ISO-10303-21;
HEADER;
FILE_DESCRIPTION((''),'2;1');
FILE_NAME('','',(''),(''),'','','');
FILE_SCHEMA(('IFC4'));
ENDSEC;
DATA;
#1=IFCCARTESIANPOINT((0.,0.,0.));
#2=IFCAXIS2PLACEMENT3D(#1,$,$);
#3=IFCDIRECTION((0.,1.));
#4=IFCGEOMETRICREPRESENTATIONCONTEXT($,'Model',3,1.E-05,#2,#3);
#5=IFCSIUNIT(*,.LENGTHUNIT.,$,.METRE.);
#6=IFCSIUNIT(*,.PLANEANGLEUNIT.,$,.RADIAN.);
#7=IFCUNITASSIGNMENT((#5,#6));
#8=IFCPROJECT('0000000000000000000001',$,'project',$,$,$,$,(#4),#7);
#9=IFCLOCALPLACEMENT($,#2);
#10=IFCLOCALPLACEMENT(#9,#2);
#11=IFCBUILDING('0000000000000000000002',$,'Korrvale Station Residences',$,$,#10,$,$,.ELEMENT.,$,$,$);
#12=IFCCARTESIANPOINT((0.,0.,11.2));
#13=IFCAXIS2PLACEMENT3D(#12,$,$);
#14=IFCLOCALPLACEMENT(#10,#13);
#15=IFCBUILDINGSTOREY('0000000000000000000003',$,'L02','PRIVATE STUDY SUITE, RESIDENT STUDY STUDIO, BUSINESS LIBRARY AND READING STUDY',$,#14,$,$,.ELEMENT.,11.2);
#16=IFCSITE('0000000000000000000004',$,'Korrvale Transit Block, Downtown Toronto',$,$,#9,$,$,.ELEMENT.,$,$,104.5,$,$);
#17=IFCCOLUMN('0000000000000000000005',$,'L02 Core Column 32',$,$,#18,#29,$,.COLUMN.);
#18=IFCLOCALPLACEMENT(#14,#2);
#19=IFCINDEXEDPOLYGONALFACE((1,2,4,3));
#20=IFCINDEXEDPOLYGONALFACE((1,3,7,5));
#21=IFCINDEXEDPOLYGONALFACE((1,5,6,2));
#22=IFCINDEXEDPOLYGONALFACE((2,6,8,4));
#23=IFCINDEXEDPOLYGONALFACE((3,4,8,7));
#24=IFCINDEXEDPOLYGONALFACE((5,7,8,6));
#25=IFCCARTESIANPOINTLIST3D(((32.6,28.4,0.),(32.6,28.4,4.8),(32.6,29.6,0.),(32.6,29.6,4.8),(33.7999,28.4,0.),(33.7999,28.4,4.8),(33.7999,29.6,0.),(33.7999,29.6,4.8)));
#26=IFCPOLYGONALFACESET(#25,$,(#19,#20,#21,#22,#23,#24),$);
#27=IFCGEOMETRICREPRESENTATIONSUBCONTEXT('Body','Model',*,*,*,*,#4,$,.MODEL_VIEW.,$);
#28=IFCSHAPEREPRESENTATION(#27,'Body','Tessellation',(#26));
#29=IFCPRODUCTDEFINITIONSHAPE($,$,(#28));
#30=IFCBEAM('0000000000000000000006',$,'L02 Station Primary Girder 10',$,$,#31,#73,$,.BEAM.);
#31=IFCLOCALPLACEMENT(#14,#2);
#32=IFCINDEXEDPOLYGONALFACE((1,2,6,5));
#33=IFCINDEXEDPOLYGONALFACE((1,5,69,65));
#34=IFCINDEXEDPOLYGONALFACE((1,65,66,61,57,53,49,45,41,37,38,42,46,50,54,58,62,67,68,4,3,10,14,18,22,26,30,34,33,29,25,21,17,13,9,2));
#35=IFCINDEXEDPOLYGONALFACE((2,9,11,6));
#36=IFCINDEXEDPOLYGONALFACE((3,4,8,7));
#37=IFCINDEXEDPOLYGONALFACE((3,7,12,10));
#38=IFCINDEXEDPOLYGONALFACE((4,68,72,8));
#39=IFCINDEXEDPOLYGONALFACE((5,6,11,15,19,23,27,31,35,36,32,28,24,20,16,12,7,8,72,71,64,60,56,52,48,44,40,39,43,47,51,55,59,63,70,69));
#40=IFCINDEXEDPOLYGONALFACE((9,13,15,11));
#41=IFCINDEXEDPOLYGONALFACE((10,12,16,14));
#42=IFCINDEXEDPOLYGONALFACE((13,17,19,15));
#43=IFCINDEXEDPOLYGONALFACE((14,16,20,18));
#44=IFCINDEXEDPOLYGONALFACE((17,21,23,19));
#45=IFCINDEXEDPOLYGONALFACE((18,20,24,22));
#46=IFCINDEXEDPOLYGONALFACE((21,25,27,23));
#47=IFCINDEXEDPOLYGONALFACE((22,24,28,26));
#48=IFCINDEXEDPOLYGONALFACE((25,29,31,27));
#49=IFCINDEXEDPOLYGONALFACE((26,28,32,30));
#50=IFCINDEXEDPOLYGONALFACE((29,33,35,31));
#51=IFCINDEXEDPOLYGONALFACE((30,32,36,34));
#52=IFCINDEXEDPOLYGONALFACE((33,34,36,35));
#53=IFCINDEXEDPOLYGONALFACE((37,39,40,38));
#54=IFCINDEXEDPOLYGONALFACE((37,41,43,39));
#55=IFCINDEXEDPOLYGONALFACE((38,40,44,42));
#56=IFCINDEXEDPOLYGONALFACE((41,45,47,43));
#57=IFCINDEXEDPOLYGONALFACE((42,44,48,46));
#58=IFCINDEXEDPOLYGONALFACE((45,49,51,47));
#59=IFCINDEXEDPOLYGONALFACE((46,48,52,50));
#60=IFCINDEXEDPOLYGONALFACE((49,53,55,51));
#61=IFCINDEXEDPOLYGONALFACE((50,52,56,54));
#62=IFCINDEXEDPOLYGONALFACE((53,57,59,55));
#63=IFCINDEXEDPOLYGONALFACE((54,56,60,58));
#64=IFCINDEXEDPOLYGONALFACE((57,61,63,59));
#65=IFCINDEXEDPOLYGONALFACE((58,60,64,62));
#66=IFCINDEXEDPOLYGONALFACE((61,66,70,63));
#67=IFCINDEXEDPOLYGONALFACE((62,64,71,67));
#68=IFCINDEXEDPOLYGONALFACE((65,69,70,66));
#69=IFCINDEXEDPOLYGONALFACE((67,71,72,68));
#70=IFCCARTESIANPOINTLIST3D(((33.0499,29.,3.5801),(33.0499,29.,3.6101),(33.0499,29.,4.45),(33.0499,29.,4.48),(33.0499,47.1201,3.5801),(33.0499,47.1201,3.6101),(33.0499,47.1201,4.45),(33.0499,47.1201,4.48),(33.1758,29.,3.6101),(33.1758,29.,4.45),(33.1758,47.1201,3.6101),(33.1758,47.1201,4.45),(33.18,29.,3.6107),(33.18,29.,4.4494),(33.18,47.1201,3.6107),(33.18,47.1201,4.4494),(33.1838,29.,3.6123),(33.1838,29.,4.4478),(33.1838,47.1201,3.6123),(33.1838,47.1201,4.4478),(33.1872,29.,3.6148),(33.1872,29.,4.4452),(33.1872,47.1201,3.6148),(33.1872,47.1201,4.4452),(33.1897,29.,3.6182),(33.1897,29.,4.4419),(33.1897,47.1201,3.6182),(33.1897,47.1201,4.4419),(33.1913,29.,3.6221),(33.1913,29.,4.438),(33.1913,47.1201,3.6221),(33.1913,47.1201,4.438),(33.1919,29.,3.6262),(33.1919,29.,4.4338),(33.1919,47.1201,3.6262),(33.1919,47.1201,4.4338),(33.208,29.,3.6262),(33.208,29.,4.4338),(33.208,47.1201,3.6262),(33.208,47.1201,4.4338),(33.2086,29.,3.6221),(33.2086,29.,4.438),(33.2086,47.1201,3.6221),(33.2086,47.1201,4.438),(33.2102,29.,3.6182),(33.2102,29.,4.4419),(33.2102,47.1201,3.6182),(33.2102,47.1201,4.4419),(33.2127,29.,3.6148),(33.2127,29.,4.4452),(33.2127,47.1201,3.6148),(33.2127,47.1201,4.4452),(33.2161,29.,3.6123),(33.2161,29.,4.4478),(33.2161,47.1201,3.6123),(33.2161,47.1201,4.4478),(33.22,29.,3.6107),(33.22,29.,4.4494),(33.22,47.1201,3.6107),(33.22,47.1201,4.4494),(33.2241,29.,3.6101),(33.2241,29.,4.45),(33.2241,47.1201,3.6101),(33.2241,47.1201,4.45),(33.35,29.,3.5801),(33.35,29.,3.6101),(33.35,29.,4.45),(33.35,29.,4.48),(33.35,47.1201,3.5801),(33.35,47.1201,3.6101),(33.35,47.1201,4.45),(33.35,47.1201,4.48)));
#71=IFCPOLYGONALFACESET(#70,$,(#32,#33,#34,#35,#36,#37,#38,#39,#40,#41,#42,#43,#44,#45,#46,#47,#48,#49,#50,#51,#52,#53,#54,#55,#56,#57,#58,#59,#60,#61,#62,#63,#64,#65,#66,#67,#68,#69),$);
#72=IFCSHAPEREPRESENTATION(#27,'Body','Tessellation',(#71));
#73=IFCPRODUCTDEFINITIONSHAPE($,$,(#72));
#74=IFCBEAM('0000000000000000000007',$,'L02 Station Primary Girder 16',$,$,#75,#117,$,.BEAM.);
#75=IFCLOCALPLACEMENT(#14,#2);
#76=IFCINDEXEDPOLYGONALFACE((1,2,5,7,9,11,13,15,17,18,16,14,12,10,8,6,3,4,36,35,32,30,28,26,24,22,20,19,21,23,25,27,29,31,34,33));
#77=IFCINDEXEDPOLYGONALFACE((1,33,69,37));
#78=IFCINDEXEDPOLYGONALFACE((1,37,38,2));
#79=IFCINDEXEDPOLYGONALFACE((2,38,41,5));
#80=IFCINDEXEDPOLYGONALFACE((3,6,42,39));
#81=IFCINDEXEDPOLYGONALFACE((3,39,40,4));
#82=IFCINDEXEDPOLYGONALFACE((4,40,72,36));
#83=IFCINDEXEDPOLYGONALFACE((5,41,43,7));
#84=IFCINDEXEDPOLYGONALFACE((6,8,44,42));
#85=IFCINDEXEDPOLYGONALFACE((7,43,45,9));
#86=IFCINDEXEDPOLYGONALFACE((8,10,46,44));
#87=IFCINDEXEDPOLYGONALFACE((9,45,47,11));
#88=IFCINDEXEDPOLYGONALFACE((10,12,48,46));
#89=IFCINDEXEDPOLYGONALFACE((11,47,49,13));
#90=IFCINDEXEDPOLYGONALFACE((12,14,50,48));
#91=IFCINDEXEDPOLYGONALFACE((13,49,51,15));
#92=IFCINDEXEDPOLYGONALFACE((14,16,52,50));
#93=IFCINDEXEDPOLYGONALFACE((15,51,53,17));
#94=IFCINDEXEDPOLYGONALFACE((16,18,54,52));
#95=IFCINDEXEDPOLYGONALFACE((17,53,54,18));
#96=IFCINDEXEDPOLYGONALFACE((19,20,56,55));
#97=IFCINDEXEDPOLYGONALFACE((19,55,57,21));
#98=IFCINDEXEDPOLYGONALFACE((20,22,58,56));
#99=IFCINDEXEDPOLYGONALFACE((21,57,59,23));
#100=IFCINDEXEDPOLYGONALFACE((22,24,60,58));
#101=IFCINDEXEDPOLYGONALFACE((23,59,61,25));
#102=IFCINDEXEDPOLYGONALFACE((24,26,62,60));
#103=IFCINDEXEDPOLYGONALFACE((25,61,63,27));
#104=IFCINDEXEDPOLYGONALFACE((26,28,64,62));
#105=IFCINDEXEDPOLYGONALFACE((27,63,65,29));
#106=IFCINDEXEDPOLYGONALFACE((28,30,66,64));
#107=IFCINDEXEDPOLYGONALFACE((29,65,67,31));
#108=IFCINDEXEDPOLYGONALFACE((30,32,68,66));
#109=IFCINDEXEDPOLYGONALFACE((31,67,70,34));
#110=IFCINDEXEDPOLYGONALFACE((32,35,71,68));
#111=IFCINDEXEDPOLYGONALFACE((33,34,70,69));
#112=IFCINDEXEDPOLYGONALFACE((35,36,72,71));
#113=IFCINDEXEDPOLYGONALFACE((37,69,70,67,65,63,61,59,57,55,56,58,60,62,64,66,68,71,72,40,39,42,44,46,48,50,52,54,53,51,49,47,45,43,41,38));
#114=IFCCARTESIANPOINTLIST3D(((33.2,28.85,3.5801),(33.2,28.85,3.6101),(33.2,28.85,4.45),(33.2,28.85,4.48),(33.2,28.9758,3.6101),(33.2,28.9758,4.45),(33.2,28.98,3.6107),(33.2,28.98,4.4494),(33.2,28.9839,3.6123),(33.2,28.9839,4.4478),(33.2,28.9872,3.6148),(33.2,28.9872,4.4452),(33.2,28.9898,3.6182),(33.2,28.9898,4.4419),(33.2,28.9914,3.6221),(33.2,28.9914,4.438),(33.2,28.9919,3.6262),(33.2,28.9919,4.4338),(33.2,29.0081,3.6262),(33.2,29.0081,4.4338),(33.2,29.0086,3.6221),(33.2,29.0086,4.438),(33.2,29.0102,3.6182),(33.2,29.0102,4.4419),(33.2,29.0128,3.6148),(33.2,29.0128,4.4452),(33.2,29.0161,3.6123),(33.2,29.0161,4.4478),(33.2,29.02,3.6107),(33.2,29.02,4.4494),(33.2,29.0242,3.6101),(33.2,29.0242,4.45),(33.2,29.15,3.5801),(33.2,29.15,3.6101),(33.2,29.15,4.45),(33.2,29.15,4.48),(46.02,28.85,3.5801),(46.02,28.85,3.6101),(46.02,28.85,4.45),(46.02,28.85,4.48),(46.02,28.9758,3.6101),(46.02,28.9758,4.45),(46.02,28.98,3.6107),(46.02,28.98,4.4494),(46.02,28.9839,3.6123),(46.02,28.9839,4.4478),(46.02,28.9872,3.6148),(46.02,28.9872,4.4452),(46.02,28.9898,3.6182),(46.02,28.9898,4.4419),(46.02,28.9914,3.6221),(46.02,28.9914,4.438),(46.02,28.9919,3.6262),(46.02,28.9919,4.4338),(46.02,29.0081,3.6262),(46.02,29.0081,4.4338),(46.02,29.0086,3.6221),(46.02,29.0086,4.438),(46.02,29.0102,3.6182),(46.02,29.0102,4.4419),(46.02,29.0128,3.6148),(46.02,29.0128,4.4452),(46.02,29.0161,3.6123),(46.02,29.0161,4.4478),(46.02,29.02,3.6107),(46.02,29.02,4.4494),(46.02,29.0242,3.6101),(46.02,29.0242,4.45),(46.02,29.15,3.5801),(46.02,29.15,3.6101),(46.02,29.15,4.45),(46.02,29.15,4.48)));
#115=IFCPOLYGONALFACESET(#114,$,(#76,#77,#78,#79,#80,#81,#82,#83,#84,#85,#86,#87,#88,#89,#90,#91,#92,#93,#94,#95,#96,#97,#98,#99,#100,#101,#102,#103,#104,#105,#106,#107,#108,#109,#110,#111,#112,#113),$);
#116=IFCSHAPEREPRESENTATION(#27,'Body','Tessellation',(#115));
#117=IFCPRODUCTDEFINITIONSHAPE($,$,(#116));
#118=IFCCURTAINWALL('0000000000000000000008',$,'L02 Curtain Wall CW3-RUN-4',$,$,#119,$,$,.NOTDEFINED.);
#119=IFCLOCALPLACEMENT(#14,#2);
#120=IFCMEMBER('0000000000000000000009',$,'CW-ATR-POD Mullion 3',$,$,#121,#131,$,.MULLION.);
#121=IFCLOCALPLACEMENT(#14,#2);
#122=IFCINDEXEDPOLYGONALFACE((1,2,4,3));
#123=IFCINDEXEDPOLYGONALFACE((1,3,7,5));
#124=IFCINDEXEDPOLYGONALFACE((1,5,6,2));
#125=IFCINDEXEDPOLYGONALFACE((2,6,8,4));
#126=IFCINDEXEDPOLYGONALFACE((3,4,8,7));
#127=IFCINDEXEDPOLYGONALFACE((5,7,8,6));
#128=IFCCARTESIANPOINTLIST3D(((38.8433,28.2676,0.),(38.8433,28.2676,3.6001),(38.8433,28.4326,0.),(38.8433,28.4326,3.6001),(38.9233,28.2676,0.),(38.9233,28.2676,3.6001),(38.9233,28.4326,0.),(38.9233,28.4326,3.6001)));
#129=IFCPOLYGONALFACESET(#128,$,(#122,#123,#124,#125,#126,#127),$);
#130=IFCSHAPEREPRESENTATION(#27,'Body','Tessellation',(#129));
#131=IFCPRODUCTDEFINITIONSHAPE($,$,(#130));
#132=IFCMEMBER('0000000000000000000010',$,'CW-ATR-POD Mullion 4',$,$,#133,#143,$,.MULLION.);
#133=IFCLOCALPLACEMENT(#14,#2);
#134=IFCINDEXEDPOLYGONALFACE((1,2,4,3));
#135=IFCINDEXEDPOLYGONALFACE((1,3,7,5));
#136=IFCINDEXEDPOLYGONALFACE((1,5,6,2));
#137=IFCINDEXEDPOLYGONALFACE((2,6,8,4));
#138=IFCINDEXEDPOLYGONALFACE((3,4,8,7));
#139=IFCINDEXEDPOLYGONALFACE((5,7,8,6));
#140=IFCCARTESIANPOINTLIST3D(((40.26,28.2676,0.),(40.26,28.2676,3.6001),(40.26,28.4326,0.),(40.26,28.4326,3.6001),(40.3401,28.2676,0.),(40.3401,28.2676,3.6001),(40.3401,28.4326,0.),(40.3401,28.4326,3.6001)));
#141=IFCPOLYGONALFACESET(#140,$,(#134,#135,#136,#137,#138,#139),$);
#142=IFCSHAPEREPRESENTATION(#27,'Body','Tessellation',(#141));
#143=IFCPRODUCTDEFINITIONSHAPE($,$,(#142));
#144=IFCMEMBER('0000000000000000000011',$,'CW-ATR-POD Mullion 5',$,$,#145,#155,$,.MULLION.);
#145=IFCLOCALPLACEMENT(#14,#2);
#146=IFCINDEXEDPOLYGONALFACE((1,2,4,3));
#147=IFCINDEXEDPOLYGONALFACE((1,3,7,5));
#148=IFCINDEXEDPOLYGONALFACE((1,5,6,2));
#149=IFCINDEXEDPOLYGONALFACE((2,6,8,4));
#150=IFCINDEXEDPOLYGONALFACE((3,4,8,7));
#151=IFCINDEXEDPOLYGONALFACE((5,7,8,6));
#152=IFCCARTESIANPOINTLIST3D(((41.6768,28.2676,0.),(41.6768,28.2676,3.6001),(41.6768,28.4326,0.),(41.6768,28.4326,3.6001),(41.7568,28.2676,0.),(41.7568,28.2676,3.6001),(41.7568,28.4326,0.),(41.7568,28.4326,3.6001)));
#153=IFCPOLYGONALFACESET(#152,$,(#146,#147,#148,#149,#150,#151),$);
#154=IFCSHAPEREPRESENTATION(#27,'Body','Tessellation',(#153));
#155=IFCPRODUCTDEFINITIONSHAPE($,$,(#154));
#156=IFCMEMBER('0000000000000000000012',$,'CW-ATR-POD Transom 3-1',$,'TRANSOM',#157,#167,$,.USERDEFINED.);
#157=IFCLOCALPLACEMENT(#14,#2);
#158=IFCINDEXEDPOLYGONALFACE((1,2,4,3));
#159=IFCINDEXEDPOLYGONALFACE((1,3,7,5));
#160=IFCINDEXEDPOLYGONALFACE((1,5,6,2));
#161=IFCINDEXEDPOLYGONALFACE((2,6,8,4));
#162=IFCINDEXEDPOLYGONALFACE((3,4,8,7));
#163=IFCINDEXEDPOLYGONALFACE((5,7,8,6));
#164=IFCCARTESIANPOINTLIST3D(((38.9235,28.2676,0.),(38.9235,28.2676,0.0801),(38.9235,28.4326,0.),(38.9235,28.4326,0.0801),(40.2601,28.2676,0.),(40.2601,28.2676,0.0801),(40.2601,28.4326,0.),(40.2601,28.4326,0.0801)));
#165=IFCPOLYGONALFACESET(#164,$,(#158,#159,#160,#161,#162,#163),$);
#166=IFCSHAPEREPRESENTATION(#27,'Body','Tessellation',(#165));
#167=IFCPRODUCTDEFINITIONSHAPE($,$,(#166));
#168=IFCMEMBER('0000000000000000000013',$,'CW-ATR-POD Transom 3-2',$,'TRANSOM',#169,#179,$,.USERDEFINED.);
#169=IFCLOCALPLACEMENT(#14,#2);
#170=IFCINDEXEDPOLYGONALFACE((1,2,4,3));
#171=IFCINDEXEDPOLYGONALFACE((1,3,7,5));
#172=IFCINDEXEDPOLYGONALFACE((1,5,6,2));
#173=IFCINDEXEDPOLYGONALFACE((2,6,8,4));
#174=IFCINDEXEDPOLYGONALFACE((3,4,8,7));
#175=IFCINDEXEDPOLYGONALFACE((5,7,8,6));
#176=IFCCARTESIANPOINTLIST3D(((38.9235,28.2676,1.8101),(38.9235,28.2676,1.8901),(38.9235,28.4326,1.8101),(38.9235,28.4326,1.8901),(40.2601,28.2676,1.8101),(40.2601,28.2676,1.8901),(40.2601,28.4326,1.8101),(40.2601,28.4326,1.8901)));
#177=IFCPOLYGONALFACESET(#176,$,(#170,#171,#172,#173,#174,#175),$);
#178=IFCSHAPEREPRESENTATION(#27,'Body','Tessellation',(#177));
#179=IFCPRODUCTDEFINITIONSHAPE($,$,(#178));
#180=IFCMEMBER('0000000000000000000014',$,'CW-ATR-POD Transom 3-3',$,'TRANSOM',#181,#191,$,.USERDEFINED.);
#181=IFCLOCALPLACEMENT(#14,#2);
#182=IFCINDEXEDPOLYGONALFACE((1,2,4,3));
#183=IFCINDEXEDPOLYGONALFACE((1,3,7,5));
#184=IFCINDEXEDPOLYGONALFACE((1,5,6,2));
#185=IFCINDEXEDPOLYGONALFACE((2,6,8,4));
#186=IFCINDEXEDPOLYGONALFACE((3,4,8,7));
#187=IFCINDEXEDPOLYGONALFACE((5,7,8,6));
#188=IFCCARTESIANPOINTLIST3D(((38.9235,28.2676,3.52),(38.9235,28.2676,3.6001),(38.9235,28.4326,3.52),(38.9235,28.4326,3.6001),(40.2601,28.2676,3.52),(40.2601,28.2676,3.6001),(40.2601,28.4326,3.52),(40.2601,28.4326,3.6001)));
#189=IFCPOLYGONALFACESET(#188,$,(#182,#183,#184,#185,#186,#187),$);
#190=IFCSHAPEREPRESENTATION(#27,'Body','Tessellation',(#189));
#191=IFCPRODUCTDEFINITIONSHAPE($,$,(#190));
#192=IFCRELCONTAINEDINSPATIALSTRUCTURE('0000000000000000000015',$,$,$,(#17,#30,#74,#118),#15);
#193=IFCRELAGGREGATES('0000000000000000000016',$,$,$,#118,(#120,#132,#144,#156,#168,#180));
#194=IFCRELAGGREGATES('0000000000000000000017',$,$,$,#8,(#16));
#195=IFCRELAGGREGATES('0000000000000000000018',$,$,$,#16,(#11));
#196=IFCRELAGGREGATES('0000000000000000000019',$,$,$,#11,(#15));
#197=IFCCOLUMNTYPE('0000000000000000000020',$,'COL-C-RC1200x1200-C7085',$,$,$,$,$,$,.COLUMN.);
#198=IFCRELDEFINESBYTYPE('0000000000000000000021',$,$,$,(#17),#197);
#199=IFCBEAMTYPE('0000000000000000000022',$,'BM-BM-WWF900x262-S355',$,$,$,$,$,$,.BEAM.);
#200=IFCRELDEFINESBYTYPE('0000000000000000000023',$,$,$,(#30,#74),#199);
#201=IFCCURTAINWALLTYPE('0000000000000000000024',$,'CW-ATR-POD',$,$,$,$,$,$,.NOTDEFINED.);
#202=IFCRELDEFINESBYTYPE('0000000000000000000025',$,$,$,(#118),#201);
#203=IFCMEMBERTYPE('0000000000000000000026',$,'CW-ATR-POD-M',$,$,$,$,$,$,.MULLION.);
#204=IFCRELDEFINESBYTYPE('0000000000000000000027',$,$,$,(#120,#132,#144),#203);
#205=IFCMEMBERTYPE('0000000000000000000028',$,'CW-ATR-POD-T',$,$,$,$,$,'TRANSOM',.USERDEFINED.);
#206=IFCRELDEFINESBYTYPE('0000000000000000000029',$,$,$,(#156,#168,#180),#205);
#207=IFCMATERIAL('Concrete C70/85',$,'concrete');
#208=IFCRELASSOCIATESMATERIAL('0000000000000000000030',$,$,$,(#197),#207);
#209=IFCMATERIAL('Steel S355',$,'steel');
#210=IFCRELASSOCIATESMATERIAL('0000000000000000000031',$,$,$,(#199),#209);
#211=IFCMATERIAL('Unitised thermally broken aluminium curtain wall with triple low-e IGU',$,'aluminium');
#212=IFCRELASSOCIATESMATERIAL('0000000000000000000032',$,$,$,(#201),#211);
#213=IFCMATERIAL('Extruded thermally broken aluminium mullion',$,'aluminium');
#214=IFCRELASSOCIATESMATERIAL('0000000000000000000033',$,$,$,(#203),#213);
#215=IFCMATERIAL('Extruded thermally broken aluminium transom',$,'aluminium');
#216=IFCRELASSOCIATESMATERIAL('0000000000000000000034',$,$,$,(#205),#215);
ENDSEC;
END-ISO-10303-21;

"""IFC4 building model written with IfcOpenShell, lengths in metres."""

from ifc_helpers import new_model, si_unit, direction, frame, origin, origin_2d, place, context, subcontext, project, spatial, rectangle, i_section, extrude, material, material_profile, profile_set, type_object, element, aggregate, save


model = new_model("IFC4")

# Units and contexts
model_context = context("Model", 3, precision=1e-05, world=origin(), true_north=direction((0.0, 1.0)))
body_context = subcontext(model_context, "Body", "Model", "MODEL_VIEW")
ifc_project = project(units=[si_unit("LENGTHUNIT", "METRE"), si_unit("PLANEANGLEUNIT", "RADIAN")], contexts=[model_context])

# Site, building, storey
site_placement = place(None, origin())
site = spatial("IfcSite", under=ifc_project, at=site_placement, Name="Korrvale Transit Block, Downtown Toronto", CompositionType="ELEMENT", RefElevation=104.5)
building_placement = place(site_placement, origin())
building = spatial("IfcBuilding", under=site, at=building_placement, Name="Korrvale Station Residences", CompositionType="ELEMENT")
storey_placement = place(building_placement, frame((0.0, 0.0, 11.2)))
storey = spatial("IfcBuildingStorey", under=building, at=storey_placement, Name="L02", Description="PRIVATE STUDY SUITE, RESIDENT STUDY STUDIO, BUSINESS LIBRARY AND READING STUDY", CompositionType="ELEMENT", Elevation=11.2)

# Column
ifc_material_1 = material(Name="Concrete C70/85", Category="concrete")
ifc_material_profile_1 = material_profile(ifc_material_1, rectangle(XDim=1.2, YDim=1.2, at=origin_2d()), Name="RC1200x1200")
ifc_profile_set_1 = profile_set([ifc_material_profile_1], Name="Concrete C70/85")
column_type = type_object("IfcColumnType", Name="COL-C-RC1200x1200-C7085", PredefinedType="COLUMN", material=ifc_profile_set_1)
column_placement = place(storey_placement, frame((33.2, 29.0, 0.0), z_axis=(0.0, 0.0, 1.0), x_axis=(1.0, 0.0, 0.0)))
element("IfcColumn", 1, at=column_placement, inside=storey, type_object=column_type, Name="L02 Core Column 32", PredefinedType="COLUMN", context=body_context, shape_type="SweptSolid", body=[
    extrude(rectangle(XDim=1.2, YDim=1.2, at=origin_2d()), origin(), (0.0, 0.0, 1.0), 4.8),
])

# Beams
ifc_material_2 = material(Name="Steel S355", Category="steel")
ifc_material_profile_2 = material_profile(ifc_material_2, i_section(OverallWidth=0.3, OverallDepth=0.8999, WebThickness=0.0161, FlangeThickness=0.03, FilletRadius=0.0161, at=origin_2d()), Name="WWF900x262")
ifc_profile_set_2 = profile_set([ifc_material_profile_2], Name="Steel S355")
beam_type = type_object("IfcBeamType", Name="BM-BM-WWF900x262-S355", PredefinedType="BEAM", material=ifc_profile_set_2)
beam_1_placement = place(storey_placement, frame((33.2, 29.0, 4.03), z_axis=(0.0, 1.0, 0.0), x_axis=(-1.0, 0.0, 0.0)))
element("IfcBeam", 2, at=beam_1_placement, inside=storey, type_object=beam_type, Name="L02 Station Primary Girder 10", PredefinedType="BEAM", context=body_context, shape_type="SweptSolid", body=[
    extrude(i_section(OverallWidth=0.3, OverallDepth=0.8999, WebThickness=0.0161, FlangeThickness=0.03, FilletRadius=0.0161, at=origin_2d()), origin(), (0.0, 0.0, 1.0), 18.1201),
])
beam_2_placement = place(storey_placement, frame((33.2, 29.0, 4.03), z_axis=(1.0, 0.0, 0.0), x_axis=(0.0, 1.0, 0.0)))
element("IfcBeam", 3, at=beam_2_placement, inside=storey, type_object=beam_type, Name="L02 Station Primary Girder 16", PredefinedType="BEAM", context=body_context, shape_type="SweptSolid", body=[
    extrude(i_section(OverallWidth=0.3, OverallDepth=0.8999, WebThickness=0.0161, FlangeThickness=0.03, FilletRadius=0.0161, at=origin_2d()), origin(), (0.0, 0.0, 1.0), 12.8201),
])

# Curtain wall, members
ifc_material_3 = material(Name="Unitised thermally broken aluminium curtain wall with triple low-e IGU", Category="aluminium")
curtain_wall_type_1 = type_object("IfcCurtainWallType", Name="CW-ATR-POD", PredefinedType="NOTDEFINED", material=ifc_material_3)
curtain_wall_1_placement = place(storey_placement, origin())
curtain_wall_1 = element("IfcCurtainWall", 4, at=curtain_wall_1_placement, inside=storey, type_object=curtain_wall_type_1, Name="L02 Curtain Wall CW3-RUN-4", PredefinedType="NOTDEFINED")
ifc_material_4 = material(Name="Extruded thermally broken aluminium mullion", Category="aluminium")
member_type_1 = type_object("IfcMemberType", Name="CW-ATR-POD-M", PredefinedType="MULLION", material=ifc_material_4)
member_1_placement = place(storey_placement, frame((38.8833, 28.3501, 0.0), z_axis=(0.0, 0.0, 1.0), x_axis=(1.0, 0.0, 0.0)))
member_1 = element("IfcMember", 5, at=member_1_placement, type_object=member_type_1, Name="CW-ATR-POD Mullion 3", PredefinedType="MULLION", context=body_context, shape_type="SweptSolid", body=[
    extrude(rectangle(XDim=0.0801, YDim=0.165, at=origin_2d()), origin(), (0.0, 0.0, 1.0), 3.6001),
])
member_2_placement = place(storey_placement, frame((40.3, 28.3501, 0.0), z_axis=(0.0, 0.0, 1.0), x_axis=(1.0, 0.0, 0.0)))
member_2 = element("IfcMember", 6, at=member_2_placement, type_object=member_type_1, Name="CW-ATR-POD Mullion 4", PredefinedType="MULLION", context=body_context, shape_type="SweptSolid", body=[
    extrude(rectangle(XDim=0.0801, YDim=0.165, at=origin_2d()), origin(), (0.0, 0.0, 1.0), 3.6001),
])
member_3_placement = place(storey_placement, frame((41.7168, 28.3501, 0.0), z_axis=(0.0, 0.0, 1.0), x_axis=(1.0, 0.0, 0.0)))
member_3 = element("IfcMember", 7, at=member_3_placement, type_object=member_type_1, Name="CW-ATR-POD Mullion 5", PredefinedType="MULLION", context=body_context, shape_type="SweptSolid", body=[
    extrude(rectangle(XDim=0.0801, YDim=0.165, at=origin_2d()), origin(), (0.0, 0.0, 1.0), 3.6001),
])
ifc_material_5 = material(Name="Extruded thermally broken aluminium transom", Category="aluminium")
member_type_2 = type_object("IfcMemberType", Name="CW-ATR-POD-T", ElementType="TRANSOM", PredefinedType="USERDEFINED", material=ifc_material_5)
member_4_placement = place(storey_placement, frame((39.5918, 28.3501, 0.0), z_axis=(0.0, 0.0, 1.0), x_axis=(1.0, 0.0, 0.0)))
member_4 = element("IfcMember", 8, at=member_4_placement, type_object=member_type_2, Name="CW-ATR-POD Transom 3-1", ObjectType="TRANSOM", PredefinedType="USERDEFINED", context=body_context, shape_type="SweptSolid", body=[
    extrude(rectangle(XDim=1.3367, YDim=0.165, at=origin_2d()), origin(), (0.0, 0.0, 1.0), 0.0801),
])
member_5_placement = place(storey_placement, frame((39.5918, 28.3501, 1.8101), z_axis=(0.0, 0.0, 1.0), x_axis=(1.0, 0.0, 0.0)))
member_5 = element("IfcMember", 9, at=member_5_placement, type_object=member_type_2, Name="CW-ATR-POD Transom 3-2", ObjectType="TRANSOM", PredefinedType="USERDEFINED", context=body_context, shape_type="SweptSolid", body=[
    extrude(rectangle(XDim=1.3367, YDim=0.165, at=origin_2d()), origin(), (0.0, 0.0, 1.0), 0.0801),
])
member_6_placement = place(storey_placement, frame((39.5918, 28.3501, 3.52), z_axis=(0.0, 0.0, 1.0), x_axis=(1.0, 0.0, 0.0)))
member_6 = element("IfcMember", 10, at=member_6_placement, type_object=member_type_2, Name="CW-ATR-POD Transom 3-3", ObjectType="TRANSOM", PredefinedType="USERDEFINED", context=body_context, shape_type="SweptSolid", body=[
    extrude(rectangle(XDim=1.3367, YDim=0.165, at=origin_2d()), origin(), (0.0, 0.0, 1.0), 0.0801),
])

aggregate(curtain_wall_1, [member_1, member_2, member_3, member_4, member_5, member_6])

save(model, "model.ifc")
